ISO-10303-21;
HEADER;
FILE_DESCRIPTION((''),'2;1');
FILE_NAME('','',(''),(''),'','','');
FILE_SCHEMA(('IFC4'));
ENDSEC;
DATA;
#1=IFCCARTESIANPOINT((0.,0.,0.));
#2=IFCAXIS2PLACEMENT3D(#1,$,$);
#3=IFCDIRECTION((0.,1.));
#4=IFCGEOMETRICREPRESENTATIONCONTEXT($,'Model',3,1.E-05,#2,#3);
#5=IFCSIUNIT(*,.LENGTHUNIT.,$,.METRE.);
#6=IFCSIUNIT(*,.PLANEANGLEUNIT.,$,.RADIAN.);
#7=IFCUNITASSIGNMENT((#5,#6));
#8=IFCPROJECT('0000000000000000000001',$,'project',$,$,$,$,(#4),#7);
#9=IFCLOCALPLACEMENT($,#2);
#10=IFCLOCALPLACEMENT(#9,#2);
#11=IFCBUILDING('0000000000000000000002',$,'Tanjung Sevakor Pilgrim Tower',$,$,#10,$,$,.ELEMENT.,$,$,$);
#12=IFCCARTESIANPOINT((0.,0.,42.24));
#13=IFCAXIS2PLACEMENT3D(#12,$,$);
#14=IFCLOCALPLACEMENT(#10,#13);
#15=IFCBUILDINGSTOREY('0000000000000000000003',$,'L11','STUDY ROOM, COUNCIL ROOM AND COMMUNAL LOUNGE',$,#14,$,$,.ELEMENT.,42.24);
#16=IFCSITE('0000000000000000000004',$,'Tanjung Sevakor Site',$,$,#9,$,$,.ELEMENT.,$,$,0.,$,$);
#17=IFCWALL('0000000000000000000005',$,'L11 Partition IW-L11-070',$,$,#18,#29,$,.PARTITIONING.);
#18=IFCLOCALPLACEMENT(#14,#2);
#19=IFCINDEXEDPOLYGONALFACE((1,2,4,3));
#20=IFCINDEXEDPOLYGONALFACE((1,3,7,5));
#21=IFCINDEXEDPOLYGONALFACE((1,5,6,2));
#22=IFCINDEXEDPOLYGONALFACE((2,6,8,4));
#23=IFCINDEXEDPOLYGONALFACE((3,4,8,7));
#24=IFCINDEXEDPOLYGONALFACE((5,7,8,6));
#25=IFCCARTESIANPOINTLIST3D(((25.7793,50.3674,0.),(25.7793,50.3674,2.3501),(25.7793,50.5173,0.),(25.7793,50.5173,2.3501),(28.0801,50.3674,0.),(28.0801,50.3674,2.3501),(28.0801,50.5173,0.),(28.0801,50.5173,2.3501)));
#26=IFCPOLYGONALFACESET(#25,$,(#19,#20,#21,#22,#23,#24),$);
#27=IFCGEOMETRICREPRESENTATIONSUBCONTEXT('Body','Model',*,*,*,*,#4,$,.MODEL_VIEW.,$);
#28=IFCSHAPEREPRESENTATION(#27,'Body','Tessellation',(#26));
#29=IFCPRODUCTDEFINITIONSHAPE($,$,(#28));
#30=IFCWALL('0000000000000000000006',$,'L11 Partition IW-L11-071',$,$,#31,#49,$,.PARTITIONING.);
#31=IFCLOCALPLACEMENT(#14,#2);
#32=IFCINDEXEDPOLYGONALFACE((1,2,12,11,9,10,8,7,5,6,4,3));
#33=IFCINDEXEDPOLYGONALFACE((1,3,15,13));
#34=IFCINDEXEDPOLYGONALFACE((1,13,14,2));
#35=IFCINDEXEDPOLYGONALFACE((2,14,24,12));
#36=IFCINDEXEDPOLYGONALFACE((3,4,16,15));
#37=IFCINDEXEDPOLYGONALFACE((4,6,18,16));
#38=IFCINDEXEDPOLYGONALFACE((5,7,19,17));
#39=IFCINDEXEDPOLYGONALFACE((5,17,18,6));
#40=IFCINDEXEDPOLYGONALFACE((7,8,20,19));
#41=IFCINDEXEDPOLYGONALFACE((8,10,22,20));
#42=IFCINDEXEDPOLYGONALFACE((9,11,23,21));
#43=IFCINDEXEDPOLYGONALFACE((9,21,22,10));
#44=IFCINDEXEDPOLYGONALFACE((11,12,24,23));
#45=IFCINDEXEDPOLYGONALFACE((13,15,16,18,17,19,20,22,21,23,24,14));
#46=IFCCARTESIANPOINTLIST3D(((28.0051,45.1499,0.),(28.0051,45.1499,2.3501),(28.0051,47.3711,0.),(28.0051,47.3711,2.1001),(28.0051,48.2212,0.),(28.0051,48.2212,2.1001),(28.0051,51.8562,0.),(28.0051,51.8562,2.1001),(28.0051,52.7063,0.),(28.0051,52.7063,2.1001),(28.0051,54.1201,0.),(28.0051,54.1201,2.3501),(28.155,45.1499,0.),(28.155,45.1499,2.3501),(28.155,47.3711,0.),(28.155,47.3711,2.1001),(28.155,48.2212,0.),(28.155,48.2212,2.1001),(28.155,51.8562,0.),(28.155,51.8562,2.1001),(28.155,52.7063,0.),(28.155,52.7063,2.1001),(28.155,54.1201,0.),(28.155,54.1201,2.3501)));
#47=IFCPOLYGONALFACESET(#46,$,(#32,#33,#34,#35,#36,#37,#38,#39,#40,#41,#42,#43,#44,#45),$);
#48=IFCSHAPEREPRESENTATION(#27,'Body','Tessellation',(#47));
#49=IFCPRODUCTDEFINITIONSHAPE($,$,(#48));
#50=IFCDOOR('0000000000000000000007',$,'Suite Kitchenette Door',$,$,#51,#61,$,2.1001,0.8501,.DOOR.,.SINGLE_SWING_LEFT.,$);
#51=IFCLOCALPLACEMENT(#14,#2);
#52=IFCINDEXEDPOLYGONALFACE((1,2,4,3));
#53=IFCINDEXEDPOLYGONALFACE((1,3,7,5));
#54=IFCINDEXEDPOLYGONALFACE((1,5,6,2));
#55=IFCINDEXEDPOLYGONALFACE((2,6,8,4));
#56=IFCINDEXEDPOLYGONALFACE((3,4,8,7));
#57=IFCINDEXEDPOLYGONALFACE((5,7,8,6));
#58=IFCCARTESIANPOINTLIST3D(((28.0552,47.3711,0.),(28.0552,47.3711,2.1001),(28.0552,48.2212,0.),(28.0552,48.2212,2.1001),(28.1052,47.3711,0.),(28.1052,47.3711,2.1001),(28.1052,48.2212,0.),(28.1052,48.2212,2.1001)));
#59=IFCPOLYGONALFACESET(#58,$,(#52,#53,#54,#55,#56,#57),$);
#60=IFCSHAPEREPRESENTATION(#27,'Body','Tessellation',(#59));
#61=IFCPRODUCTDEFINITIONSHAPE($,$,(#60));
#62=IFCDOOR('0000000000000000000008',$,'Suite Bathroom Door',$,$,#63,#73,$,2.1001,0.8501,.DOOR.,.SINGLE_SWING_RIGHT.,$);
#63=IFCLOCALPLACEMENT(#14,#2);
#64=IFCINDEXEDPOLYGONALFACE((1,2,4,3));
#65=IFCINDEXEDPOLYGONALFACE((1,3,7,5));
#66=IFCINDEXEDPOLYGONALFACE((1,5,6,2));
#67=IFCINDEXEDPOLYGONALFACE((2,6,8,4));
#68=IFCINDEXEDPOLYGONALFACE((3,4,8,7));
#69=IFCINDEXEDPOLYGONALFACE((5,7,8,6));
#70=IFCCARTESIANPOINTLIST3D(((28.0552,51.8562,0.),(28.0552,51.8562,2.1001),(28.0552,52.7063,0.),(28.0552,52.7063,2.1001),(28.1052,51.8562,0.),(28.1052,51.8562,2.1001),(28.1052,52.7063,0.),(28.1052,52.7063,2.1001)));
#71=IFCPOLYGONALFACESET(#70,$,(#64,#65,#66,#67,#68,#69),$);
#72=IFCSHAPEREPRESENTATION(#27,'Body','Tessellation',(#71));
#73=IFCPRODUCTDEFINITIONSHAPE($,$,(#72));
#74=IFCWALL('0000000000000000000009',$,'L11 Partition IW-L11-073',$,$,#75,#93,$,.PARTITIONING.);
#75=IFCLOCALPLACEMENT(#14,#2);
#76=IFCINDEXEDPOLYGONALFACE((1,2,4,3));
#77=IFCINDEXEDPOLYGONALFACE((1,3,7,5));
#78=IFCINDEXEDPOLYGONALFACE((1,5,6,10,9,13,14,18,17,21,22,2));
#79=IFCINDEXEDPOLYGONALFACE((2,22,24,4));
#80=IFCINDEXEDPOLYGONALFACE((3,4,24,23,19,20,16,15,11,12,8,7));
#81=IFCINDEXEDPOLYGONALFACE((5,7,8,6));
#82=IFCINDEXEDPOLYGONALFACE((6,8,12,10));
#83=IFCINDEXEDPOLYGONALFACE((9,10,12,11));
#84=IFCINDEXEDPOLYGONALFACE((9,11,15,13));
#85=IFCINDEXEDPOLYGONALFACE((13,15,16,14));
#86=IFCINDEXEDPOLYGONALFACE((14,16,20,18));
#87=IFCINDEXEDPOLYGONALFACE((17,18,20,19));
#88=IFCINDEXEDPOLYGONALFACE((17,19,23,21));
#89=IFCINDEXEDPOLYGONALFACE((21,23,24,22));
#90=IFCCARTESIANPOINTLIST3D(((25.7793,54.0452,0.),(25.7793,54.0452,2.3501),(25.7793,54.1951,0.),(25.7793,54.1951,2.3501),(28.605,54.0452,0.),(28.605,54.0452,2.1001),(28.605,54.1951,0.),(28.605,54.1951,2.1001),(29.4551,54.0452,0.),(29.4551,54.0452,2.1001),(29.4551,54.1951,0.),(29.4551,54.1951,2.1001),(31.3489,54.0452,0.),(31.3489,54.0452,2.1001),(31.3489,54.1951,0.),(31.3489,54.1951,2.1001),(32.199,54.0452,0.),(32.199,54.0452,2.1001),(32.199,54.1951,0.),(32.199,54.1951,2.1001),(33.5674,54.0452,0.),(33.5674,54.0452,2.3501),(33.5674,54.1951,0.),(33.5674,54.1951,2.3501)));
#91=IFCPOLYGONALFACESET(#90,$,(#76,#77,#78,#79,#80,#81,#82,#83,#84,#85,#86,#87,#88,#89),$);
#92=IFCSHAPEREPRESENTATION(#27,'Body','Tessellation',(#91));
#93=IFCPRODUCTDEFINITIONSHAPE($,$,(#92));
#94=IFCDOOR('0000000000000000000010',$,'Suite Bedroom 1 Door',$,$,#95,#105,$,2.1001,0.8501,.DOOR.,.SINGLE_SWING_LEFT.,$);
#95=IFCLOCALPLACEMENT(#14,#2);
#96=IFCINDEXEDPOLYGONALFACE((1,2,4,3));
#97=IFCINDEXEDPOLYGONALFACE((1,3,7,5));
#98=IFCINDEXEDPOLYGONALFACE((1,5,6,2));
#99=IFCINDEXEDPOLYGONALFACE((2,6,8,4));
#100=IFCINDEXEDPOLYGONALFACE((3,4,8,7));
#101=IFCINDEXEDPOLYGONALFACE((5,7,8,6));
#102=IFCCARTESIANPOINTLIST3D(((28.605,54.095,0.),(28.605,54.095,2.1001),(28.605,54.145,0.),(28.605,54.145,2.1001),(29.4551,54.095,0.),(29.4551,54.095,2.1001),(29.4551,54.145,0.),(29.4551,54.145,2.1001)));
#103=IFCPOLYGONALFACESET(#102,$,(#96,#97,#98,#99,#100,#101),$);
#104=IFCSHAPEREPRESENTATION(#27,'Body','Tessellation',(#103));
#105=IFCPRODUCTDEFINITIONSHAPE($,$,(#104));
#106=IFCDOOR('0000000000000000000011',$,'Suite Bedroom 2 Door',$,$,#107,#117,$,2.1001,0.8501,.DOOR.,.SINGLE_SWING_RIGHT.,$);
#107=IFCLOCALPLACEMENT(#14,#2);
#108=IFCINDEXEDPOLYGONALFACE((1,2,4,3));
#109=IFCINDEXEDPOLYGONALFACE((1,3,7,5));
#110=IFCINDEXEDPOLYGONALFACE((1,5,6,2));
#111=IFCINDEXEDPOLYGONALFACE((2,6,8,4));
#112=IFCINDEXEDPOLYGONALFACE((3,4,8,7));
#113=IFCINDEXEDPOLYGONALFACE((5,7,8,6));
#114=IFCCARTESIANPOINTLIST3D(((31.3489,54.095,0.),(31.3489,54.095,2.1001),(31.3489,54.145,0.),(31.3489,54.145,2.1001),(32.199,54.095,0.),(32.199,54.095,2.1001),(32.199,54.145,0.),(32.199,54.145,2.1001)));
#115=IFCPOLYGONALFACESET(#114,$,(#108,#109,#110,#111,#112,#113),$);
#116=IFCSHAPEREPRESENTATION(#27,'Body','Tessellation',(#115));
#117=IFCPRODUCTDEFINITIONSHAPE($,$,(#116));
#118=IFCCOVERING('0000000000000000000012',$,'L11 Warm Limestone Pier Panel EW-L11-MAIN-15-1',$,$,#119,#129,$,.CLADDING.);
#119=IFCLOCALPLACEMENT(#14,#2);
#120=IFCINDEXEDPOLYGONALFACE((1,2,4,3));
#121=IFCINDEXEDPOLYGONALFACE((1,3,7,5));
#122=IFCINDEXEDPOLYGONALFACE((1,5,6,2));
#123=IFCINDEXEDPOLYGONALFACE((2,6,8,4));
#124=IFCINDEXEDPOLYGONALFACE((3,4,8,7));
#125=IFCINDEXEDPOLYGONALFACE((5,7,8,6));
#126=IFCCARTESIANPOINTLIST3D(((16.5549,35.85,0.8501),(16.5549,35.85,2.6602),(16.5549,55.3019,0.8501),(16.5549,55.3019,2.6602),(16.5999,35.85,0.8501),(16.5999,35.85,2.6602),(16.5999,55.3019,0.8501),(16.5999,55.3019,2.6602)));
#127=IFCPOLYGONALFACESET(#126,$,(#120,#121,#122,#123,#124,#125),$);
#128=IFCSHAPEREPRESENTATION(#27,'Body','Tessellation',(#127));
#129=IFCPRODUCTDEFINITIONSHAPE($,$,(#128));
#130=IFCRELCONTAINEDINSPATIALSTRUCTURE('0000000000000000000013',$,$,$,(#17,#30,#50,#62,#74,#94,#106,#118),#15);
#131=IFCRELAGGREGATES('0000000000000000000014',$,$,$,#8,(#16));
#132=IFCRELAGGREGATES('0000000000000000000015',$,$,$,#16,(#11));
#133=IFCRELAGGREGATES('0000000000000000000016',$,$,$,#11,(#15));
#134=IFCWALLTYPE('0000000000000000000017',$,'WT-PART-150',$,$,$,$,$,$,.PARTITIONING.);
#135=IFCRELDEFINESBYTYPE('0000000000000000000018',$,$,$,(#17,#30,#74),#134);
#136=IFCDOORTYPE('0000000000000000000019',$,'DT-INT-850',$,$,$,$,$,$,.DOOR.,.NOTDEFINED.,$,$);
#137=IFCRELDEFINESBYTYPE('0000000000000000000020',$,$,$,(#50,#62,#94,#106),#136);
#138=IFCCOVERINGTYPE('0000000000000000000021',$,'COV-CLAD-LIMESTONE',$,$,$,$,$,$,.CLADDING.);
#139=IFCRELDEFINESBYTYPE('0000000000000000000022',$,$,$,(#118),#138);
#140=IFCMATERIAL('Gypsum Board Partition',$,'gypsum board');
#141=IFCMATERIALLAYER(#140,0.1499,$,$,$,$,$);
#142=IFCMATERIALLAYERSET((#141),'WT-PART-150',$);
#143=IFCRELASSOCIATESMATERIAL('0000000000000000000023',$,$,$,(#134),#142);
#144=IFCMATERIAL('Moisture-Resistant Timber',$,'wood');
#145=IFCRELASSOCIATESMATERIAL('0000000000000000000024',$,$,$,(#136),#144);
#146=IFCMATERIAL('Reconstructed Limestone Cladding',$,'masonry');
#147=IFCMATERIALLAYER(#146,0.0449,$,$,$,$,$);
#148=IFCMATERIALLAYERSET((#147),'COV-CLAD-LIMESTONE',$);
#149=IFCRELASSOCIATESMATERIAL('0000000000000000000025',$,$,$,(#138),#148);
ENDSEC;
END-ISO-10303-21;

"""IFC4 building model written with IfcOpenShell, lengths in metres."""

from ifc_helpers import new_model, si_unit, direction, frame, frame_2d, origin, origin_2d, place, context, subcontext, project, spatial, rectangle, extrude, material, layer, layer_set, type_object, element, fill, save


model = new_model("IFC4")

# Units and contexts
model_context = context("Model", 3, precision=1e-05, world=origin(), true_north=direction((0.0, 1.0)))
body_context = subcontext(model_context, "Body", "Model", "MODEL_VIEW")
ifc_project = project(units=[si_unit("LENGTHUNIT", "METRE"), si_unit("PLANEANGLEUNIT", "RADIAN")], contexts=[model_context])

# Site, building, storey
site_placement = place(None, origin())
site = spatial("IfcSite", under=ifc_project, at=site_placement, Name="Tanjung Sevakor Site", CompositionType="ELEMENT", RefElevation=0.0)
building_placement = place(site_placement, origin())
building = spatial("IfcBuilding", under=site, at=building_placement, Name="Tanjung Sevakor Pilgrim Tower", CompositionType="ELEMENT")
storey_placement = place(building_placement, frame((0.0, 0.0, 42.24)))
storey = spatial("IfcBuildingStorey", under=building, at=storey_placement, Name="L11", Description="STUDY ROOM, COUNCIL ROOM AND COMMUNAL LOUNGE", CompositionType="ELEMENT", Elevation=42.24)

# Wall
ifc_material_1 = material(Name="Gypsum Board Partition", Category="gypsum board")
ifc_layer_1 = layer(ifc_material_1, 0.1499)
ifc_layer_set_1 = layer_set([ifc_layer_1], Name="WT-PART-150")
wall_type_1 = type_object("IfcWallType", Name="WT-PART-150", PredefinedType="PARTITIONING", material=ifc_layer_set_1)
wall_1_placement = place(storey_placement, frame((25.7793, 50.4424, 0.0), z_axis=(0.0, 0.0, 1.0), x_axis=(1.0, 0.0, 0.0)))
element("IfcWall", 1, at=wall_1_placement, inside=storey, type_object=wall_type_1, Name="L11 Partition IW-L11-070", PredefinedType="PARTITIONING", context=body_context, shape_type="SweptSolid", body=[
    extrude(rectangle(XDim=2.3008, YDim=0.1499, at=frame_2d((1.1504, 0.0))), origin(), (0.0, 0.0, 1.0), 2.3501),
])

# Walls, openings, doors
wall_2_placement = place(storey_placement, frame((28.0801, 45.1499, 0.0), z_axis=(0.0, 0.0, 1.0), x_axis=(0.0, 1.0, 0.0)))
wall_2 = element("IfcWall", 2, at=wall_2_placement, inside=storey, type_object=wall_type_1, Name="L11 Partition IW-L11-071", PredefinedType="PARTITIONING", context=body_context, shape_type="SweptSolid", body=[
    extrude(rectangle(XDim=8.9702, YDim=0.1499, at=frame_2d((4.4851, 0.0))), origin(), (0.0, 0.0, 1.0), 2.3501),
])
opening_1_placement = place(wall_2_placement, frame((2.2212, 0.0, 0.0)))
opening_1 = element("IfcOpeningElement", 3, at=opening_1_placement, cuts=wall_2, PredefinedType="OPENING", context=body_context, shape_type="SweptSolid", body=[
    extrude(rectangle(XDim=0.8501, YDim=2.1001, at=frame_2d((0.425, 1.05))), frame((0.0, 0.085, 0.0), z_axis=(0.0, -1.0, 0.0), x_axis=(1.0, 0.0, 0.0)), (0.0, 0.0, 1.0), 0.1699),
])
opening_2_placement = place(wall_2_placement, frame((6.7063, 0.0, 0.0)))
opening_2 = element("IfcOpeningElement", 4, at=opening_2_placement, cuts=wall_2, PredefinedType="OPENING", context=body_context, shape_type="SweptSolid", body=[
    extrude(rectangle(XDim=0.8501, YDim=2.1001, at=frame_2d((0.425, 1.05))), frame((0.0, 0.085, 0.0), z_axis=(0.0, -1.0, 0.0), x_axis=(1.0, 0.0, 0.0)), (0.0, 0.0, 1.0), 0.1699),
])
ifc_material_2 = material(Name="Moisture-Resistant Timber", Category="wood")
door_type_1 = type_object("IfcDoorType", Name="DT-INT-850", OperationType="NOTDEFINED", PredefinedType="DOOR", material=ifc_material_2)
door_1_placement = place(opening_1_placement, origin())
door_1 = element("IfcDoor", 5, at=door_1_placement, inside=storey, type_object=door_type_1, Name="Suite Kitchenette Door", OperationType="SINGLE_SWING_LEFT", OverallHeight=2.1001, OverallWidth=0.8501, PredefinedType="DOOR", context=body_context, shape_type="SweptSolid", body=[
    extrude(rectangle(XDim=0.8501, YDim=2.1001, at=frame_2d((0.425, 1.05))), frame((0.0, 0.0249, 0.0), z_axis=(0.0, -1.0, 0.0), x_axis=(1.0, 0.0, 0.0)), (0.0, 0.0, 1.0), 0.05),
])
fill(opening_1, door_1)
door_2_placement = place(opening_2_placement, origin())
door_2 = element("IfcDoor", 6, at=door_2_placement, inside=storey, type_object=door_type_1, Name="Suite Bathroom Door", OperationType="SINGLE_SWING_RIGHT", OverallHeight=2.1001, OverallWidth=0.8501, PredefinedType="DOOR", context=body_context, shape_type="SweptSolid", body=[
    extrude(rectangle(XDim=0.8501, YDim=2.1001, at=frame_2d((0.425, 1.05))), frame((0.0, 0.0249, 0.0), z_axis=(0.0, -1.0, 0.0), x_axis=(1.0, 0.0, 0.0)), (0.0, 0.0, 1.0), 0.05),
])
fill(opening_2, door_2)
wall_3_placement = place(storey_placement, frame((25.7793, 54.1201, 0.0), z_axis=(0.0, 0.0, 1.0), x_axis=(1.0, 0.0, 0.0)))
wall_3 = element("IfcWall", 7, at=wall_3_placement, inside=storey, type_object=wall_type_1, Name="L11 Partition IW-L11-073", PredefinedType="PARTITIONING", context=body_context, shape_type="SweptSolid", body=[
    extrude(rectangle(XDim=7.7881, YDim=0.1499, at=frame_2d((3.894, 0.0))), origin(), (0.0, 0.0, 1.0), 2.3501),
])
opening_3_placement = place(wall_3_placement, frame((2.8257, 0.0, 0.0)))
opening_3 = element("IfcOpeningElement", 8, at=opening_3_placement, cuts=wall_3, PredefinedType="OPENING", context=body_context, shape_type="SweptSolid", body=[
    extrude(rectangle(XDim=0.8501, YDim=2.1001, at=frame_2d((0.425, 1.05))), frame((0.0, 0.085, 0.0), z_axis=(0.0, -1.0, 0.0), x_axis=(1.0, 0.0, 0.0)), (0.0, 0.0, 1.0), 0.1699),
])
opening_4_placement = place(wall_3_placement, frame((5.5696, 0.0, 0.0)))
opening_4 = element("IfcOpeningElement", 9, at=opening_4_placement, cuts=wall_3, PredefinedType="OPENING", context=body_context, shape_type="SweptSolid", body=[
    extrude(rectangle(XDim=0.8501, YDim=2.1001, at=frame_2d((0.425, 1.05))), frame((0.0, 0.085, 0.0), z_axis=(0.0, -1.0, 0.0), x_axis=(1.0, 0.0, 0.0)), (0.0, 0.0, 1.0), 0.1699),
])
door_3_placement = place(opening_3_placement, origin())
door_3 = element("IfcDoor", 10, at=door_3_placement, inside=storey, type_object=door_type_1, Name="Suite Bedroom 1 Door", OperationType="SINGLE_SWING_LEFT", OverallHeight=2.1001, OverallWidth=0.8501, PredefinedType="DOOR", context=body_context, shape_type="SweptSolid", body=[
    extrude(rectangle(XDim=0.8501, YDim=2.1001, at=frame_2d((0.425, 1.05))), frame((0.0, 0.0249, 0.0), z_axis=(0.0, -1.0, 0.0), x_axis=(1.0, 0.0, 0.0)), (0.0, 0.0, 1.0), 0.05),
])
fill(opening_3, door_3)
door_4_placement = place(opening_4_placement, origin())
door_4 = element("IfcDoor", 11, at=door_4_placement, inside=storey, type_object=door_type_1, Name="Suite Bedroom 2 Door", OperationType="SINGLE_SWING_RIGHT", OverallHeight=2.1001, OverallWidth=0.8501, PredefinedType="DOOR", context=body_context, shape_type="SweptSolid", body=[
    extrude(rectangle(XDim=0.8501, YDim=2.1001, at=frame_2d((0.425, 1.05))), frame((0.0, 0.0249, 0.0), z_axis=(0.0, -1.0, 0.0), x_axis=(1.0, 0.0, 0.0)), (0.0, 0.0, 1.0), 0.05),
])
fill(opening_4, door_4)

# Covering
ifc_material_3 = material(Name="Reconstructed Limestone Cladding", Category="masonry")
ifc_layer_2 = layer(ifc_material_3, 0.0449)
ifc_layer_set_2 = layer_set([ifc_layer_2], Name="COV-CLAD-LIMESTONE")
covering_type = type_object("IfcCoveringType", Name="COV-CLAD-LIMESTONE", PredefinedType="CLADDING", material=ifc_layer_set_2)
covering_placement = place(storey_placement, frame((16.5774, 45.5759, 0.8501), z_axis=(0.0, 0.0, 1.0), x_axis=(0.0, -1.0, 0.0)))
element("IfcCovering", 12, at=covering_placement, inside=storey, type_object=covering_type, Name="L11 Warm Limestone Pier Panel EW-L11-MAIN-15-1", PredefinedType="CLADDING", context=body_context, shape_type="SweptSolid", body=[
    extrude(rectangle(XDim=19.4519, YDim=0.0449, at=origin_2d()), origin(), (0.0, 0.0, 1.0), 1.8101),
])

save(model, "model.ifc")
